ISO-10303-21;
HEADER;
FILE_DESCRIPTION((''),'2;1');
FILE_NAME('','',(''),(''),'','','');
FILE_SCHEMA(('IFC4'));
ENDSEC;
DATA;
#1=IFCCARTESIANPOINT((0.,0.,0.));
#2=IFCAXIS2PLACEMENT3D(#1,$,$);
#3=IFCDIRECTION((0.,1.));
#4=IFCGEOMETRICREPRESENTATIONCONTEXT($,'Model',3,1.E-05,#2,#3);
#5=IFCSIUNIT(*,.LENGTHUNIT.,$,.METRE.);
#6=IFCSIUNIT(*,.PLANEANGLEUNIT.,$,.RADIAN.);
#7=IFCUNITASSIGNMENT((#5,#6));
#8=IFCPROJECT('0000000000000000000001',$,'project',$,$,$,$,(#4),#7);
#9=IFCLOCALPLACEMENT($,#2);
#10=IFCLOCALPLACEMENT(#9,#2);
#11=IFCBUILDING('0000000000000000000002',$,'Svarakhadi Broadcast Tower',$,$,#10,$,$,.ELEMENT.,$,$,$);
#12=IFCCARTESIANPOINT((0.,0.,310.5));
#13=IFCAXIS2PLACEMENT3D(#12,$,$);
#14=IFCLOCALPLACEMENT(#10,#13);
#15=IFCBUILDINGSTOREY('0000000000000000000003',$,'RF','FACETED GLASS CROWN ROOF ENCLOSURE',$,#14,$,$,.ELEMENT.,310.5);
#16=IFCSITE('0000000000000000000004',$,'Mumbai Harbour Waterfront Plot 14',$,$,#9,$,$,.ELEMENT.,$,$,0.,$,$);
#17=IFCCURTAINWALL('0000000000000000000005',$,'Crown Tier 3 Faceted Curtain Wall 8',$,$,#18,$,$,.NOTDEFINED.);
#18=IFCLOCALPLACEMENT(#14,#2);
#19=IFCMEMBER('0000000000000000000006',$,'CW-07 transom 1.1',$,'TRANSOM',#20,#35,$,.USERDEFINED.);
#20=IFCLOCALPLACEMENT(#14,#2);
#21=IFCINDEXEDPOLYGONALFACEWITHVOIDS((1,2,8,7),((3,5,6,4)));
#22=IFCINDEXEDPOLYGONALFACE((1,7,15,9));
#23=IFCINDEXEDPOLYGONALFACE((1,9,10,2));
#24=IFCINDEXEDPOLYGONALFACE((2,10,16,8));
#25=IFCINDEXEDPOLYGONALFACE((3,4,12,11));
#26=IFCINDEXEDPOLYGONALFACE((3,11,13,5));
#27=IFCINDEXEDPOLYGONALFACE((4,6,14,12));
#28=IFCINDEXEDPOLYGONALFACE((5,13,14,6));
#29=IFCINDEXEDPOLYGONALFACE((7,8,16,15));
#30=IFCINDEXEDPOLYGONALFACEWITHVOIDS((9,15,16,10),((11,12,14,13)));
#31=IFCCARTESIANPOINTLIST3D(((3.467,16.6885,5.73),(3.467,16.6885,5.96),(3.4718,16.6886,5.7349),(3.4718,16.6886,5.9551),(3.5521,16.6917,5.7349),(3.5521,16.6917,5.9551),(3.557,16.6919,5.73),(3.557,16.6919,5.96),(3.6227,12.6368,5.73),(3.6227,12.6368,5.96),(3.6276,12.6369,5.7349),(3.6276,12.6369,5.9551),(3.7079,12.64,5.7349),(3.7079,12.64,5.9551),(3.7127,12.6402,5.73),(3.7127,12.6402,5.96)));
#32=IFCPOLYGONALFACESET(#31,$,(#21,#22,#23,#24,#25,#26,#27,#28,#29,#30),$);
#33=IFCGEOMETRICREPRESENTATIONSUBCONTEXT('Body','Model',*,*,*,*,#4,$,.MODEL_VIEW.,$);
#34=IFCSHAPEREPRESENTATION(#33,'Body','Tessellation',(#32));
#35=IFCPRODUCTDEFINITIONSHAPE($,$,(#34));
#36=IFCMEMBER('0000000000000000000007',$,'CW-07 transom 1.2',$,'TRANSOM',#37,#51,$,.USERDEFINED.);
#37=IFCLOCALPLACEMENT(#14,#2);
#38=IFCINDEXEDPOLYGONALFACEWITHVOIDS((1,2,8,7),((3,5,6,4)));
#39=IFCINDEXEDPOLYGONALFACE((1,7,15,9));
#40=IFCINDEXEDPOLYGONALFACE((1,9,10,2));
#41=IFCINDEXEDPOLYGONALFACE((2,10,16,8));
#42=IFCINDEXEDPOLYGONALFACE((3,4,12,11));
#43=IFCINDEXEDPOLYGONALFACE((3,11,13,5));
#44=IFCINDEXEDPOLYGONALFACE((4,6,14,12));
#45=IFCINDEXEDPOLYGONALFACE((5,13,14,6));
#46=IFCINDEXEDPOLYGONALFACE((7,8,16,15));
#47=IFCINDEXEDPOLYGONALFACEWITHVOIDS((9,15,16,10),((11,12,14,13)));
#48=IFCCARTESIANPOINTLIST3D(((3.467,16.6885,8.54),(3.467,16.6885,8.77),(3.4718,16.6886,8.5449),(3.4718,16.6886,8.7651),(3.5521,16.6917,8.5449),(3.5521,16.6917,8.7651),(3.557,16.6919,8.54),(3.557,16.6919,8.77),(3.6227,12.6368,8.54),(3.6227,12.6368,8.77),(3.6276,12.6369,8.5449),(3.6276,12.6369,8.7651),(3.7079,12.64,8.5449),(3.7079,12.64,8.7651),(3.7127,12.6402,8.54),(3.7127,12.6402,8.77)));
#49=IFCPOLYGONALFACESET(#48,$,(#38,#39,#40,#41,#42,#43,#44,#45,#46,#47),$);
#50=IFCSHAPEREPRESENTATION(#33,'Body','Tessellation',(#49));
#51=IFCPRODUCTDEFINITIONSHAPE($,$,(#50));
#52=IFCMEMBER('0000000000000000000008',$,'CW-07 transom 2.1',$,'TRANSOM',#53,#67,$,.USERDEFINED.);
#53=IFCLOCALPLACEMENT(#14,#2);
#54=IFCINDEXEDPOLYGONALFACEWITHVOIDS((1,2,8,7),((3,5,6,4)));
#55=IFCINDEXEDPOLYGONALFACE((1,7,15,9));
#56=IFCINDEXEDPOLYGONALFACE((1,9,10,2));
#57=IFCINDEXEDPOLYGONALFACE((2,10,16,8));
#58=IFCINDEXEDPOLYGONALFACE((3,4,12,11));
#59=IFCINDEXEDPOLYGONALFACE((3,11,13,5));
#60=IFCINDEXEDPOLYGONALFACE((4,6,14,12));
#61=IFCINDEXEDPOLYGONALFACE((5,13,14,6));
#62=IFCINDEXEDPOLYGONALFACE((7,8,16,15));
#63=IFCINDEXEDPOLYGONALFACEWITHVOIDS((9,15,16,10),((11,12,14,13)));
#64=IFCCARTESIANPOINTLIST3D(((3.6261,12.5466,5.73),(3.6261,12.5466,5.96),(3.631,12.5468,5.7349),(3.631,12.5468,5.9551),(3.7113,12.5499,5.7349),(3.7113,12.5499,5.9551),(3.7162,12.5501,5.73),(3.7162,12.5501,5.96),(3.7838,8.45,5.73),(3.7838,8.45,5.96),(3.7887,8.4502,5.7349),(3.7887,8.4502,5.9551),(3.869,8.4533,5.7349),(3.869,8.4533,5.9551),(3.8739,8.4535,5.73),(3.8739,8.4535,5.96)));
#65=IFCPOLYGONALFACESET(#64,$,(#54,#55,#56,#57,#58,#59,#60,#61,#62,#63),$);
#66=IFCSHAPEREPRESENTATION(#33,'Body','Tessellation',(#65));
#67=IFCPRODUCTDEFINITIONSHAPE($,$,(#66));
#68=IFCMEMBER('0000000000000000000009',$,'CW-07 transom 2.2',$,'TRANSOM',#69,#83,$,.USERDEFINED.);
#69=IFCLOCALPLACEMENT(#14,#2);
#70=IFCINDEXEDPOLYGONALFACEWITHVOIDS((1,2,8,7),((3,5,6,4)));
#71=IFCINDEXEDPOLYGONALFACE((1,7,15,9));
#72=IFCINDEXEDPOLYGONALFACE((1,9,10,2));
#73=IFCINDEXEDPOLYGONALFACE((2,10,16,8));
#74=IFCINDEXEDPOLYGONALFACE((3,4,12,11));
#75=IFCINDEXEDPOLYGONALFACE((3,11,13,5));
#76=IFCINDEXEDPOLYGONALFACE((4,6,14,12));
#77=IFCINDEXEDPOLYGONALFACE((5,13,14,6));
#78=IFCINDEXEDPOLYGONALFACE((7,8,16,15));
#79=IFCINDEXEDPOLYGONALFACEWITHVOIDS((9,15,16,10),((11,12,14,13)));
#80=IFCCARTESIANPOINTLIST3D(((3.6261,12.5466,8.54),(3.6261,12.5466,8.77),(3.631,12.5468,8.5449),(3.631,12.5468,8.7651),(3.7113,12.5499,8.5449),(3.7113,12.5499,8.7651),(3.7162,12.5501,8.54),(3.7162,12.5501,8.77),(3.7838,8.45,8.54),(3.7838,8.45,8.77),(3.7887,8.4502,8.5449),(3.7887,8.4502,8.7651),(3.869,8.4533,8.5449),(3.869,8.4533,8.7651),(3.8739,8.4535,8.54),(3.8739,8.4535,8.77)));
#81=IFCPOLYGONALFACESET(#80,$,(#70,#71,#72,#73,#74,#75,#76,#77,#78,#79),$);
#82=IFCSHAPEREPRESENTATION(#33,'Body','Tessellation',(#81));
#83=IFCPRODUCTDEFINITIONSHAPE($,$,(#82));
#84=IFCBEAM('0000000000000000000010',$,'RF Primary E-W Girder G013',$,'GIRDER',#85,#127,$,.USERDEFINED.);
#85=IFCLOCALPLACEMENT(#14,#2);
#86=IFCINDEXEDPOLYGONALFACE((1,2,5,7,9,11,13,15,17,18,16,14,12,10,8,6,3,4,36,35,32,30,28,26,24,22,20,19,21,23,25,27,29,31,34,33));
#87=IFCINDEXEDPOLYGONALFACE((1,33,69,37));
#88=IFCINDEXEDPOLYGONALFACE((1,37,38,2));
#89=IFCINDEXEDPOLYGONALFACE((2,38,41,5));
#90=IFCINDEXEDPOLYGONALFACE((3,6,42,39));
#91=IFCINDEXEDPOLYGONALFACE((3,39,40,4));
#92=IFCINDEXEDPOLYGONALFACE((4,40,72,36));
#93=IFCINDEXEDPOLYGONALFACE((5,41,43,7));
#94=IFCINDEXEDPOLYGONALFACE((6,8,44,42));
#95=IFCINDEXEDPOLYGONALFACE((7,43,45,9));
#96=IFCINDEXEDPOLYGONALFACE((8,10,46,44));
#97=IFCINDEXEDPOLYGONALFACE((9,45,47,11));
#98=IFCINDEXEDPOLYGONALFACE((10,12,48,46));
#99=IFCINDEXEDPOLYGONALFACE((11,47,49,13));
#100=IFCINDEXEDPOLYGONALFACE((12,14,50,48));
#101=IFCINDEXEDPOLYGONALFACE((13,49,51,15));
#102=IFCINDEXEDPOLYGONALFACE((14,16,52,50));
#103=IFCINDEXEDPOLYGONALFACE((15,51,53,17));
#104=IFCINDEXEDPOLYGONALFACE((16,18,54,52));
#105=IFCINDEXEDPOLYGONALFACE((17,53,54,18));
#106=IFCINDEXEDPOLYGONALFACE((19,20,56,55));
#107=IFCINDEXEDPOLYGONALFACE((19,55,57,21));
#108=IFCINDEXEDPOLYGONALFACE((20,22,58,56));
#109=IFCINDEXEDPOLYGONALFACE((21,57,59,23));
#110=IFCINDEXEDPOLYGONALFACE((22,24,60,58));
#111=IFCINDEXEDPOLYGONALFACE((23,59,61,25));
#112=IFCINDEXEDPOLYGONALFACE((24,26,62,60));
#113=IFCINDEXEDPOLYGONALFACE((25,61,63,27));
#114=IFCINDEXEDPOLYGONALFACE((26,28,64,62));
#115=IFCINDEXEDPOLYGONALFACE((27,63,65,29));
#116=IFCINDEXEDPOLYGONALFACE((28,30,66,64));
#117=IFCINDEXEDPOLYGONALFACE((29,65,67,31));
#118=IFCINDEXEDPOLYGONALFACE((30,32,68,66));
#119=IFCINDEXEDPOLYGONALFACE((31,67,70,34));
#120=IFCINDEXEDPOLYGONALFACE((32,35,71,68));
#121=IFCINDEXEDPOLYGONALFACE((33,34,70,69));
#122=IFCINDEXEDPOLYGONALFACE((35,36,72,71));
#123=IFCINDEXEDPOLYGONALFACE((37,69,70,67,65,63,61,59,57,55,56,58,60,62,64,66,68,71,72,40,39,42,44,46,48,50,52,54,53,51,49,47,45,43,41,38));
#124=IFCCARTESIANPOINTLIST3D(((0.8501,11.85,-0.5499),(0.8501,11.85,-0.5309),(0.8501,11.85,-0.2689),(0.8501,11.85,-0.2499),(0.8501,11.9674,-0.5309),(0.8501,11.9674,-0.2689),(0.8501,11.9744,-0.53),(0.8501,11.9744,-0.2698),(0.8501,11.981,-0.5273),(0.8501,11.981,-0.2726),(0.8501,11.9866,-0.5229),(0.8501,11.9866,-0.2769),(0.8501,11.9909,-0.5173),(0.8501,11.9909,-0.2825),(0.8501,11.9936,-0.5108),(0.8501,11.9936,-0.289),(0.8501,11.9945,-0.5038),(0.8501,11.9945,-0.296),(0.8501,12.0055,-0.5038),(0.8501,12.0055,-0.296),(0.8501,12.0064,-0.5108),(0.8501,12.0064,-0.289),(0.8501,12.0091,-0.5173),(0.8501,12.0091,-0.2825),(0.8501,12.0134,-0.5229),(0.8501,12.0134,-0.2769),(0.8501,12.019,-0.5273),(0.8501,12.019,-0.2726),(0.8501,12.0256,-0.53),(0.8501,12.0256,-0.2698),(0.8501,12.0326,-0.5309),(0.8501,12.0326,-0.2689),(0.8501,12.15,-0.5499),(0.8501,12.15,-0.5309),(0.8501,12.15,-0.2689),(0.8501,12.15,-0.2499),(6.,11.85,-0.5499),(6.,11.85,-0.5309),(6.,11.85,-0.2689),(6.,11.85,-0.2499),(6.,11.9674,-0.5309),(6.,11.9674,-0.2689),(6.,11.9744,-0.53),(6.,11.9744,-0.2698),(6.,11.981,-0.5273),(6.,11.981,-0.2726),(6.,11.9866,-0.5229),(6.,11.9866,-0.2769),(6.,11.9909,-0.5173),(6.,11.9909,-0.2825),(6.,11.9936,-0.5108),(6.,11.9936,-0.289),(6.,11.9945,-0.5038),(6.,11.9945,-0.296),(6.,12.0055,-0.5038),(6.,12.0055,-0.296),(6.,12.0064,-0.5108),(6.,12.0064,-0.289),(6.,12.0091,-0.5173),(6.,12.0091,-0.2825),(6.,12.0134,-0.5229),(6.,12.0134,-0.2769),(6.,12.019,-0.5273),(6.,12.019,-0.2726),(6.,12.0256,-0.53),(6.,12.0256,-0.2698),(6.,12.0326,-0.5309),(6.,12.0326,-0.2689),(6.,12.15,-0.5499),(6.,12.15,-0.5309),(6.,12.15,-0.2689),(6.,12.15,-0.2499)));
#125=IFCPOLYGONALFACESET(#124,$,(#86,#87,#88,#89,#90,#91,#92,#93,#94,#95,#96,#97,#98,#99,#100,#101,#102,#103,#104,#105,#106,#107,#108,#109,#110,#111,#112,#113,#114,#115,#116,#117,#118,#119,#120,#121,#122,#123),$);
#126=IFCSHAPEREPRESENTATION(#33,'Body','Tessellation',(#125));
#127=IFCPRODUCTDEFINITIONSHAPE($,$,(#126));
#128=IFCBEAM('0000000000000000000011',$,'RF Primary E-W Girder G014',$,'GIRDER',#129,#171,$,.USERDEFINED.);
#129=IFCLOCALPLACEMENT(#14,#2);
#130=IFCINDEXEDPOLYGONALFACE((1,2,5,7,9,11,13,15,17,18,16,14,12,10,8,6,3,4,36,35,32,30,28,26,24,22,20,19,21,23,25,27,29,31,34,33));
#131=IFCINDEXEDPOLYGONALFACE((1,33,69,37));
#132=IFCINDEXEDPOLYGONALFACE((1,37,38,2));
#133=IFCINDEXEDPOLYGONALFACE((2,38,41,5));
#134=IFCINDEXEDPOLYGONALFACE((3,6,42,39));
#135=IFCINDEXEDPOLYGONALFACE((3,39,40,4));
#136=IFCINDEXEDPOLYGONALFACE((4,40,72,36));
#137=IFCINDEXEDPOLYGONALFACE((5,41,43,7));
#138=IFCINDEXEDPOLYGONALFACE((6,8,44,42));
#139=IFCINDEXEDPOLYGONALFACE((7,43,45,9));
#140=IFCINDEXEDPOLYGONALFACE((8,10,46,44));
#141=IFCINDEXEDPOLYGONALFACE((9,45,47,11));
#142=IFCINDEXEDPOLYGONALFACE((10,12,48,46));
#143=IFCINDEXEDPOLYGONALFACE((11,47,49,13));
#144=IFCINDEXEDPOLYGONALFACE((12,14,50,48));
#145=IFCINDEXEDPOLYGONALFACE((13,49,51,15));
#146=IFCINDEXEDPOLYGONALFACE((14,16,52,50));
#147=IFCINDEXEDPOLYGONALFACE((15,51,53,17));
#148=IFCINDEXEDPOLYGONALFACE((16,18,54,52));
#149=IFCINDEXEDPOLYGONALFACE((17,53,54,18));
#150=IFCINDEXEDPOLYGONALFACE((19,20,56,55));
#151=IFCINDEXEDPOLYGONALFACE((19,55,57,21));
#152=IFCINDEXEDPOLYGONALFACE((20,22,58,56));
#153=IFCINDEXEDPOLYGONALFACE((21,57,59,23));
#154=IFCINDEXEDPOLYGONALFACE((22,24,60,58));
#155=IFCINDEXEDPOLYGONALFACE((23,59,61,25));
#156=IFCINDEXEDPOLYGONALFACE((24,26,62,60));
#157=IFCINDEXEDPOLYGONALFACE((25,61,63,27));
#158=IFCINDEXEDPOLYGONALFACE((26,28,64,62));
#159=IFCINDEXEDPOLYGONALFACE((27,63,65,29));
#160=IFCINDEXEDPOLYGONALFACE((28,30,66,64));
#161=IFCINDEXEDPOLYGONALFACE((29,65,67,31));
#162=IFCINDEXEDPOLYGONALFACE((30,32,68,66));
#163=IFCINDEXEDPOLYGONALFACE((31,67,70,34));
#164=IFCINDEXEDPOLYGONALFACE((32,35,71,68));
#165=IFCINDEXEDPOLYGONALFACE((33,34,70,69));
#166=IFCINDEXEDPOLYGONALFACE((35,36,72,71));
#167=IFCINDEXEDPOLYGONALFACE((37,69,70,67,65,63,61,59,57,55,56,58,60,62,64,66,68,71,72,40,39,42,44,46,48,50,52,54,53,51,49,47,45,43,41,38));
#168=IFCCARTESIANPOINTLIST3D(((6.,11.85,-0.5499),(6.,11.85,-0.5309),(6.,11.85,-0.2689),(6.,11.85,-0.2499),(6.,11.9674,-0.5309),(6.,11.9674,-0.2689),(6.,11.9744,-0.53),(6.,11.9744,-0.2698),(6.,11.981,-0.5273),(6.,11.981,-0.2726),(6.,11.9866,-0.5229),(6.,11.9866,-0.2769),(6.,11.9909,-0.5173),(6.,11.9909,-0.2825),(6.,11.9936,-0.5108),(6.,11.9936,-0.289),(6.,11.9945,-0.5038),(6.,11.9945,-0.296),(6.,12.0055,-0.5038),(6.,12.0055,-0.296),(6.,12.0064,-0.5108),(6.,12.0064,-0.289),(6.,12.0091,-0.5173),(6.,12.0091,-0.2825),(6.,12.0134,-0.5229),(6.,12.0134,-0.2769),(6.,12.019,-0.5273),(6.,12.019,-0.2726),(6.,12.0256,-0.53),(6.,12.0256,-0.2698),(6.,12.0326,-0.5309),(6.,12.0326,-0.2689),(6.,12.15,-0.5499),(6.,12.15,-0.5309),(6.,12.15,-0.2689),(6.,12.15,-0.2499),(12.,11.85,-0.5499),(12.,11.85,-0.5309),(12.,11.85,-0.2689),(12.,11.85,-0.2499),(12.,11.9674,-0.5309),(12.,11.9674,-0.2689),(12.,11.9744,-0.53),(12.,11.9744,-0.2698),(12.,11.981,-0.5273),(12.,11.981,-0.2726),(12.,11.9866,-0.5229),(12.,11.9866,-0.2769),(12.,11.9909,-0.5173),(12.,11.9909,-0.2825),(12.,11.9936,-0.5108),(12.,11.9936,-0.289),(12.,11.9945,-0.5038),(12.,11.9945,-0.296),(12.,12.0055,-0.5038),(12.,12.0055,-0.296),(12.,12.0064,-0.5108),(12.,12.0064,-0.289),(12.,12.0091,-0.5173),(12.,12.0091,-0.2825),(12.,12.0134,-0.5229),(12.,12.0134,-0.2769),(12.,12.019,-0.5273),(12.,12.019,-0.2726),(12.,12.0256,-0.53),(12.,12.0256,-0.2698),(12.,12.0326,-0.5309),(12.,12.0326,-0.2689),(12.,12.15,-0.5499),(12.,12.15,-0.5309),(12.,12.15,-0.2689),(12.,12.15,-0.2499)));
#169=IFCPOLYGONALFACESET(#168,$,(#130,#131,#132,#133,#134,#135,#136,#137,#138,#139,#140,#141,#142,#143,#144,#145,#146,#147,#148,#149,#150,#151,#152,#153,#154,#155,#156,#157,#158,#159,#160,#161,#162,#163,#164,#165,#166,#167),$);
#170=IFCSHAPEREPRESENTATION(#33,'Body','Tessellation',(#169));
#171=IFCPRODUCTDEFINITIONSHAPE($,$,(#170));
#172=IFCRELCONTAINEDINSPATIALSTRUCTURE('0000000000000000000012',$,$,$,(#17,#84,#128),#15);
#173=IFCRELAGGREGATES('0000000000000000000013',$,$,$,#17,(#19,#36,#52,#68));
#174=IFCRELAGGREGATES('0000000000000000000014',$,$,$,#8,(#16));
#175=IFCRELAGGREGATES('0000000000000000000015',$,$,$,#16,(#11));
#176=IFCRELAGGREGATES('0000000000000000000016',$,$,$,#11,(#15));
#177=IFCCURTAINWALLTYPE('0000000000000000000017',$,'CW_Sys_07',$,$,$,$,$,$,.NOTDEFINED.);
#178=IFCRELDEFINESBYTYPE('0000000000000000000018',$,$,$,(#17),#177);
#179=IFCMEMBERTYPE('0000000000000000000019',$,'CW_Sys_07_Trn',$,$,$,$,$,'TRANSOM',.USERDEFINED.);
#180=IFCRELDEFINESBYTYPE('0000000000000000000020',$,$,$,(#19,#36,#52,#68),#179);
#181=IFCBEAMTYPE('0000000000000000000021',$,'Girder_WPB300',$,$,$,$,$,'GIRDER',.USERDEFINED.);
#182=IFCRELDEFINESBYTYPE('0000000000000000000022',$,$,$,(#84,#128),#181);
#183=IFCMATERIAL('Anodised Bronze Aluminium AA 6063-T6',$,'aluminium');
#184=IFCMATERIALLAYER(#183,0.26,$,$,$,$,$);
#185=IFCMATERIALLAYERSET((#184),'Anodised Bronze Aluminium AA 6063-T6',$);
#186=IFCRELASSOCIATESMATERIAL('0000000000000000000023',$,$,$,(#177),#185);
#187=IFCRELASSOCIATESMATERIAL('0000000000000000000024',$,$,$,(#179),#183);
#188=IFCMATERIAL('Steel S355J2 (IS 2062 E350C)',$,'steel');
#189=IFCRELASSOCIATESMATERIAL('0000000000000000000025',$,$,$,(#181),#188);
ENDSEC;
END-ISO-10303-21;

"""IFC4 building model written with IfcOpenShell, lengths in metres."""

from ifc_helpers import new_model, si_unit, direction, frame, origin, origin_2d, place, context, subcontext, project, spatial, hollow_rectangle, i_section, extrude, material, layer, layer_set, material_profile, profile_set, type_object, element, aggregate, save


model = new_model("IFC4")

# Units and contexts
model_context = context("Model", 3, precision=1e-05, world=origin(), true_north=direction((0.0, 1.0)))
body_context = subcontext(model_context, "Body", "Model", "MODEL_VIEW")
ifc_project = project(units=[si_unit("LENGTHUNIT", "METRE"), si_unit("PLANEANGLEUNIT", "RADIAN")], contexts=[model_context])

# Site, building, storey
site_placement = place(None, origin())
site = spatial("IfcSite", under=ifc_project, at=site_placement, Name="Mumbai Harbour Waterfront Plot 14", CompositionType="ELEMENT", RefElevation=0.0)
building_placement = place(site_placement, origin())
building = spatial("IfcBuilding", under=site, at=building_placement, Name="Svarakhadi Broadcast Tower", CompositionType="ELEMENT")
storey_placement = place(building_placement, frame((0.0, 0.0, 310.5)))
storey = spatial("IfcBuildingStorey", under=building, at=storey_placement, Name="RF", Description="FACETED GLASS CROWN ROOF ENCLOSURE", CompositionType="ELEMENT", Elevation=310.5)

# Shared definitions
ifc_material_1 = material(Name="Steel S355J2 (IS 2062 E350C)", Category="steel")

# Shared definitions
ifc_material_2 = material(Name="Anodised Bronze Aluminium AA 6063-T6", Category="aluminium")
ifc_layer_1 = layer(ifc_material_2, 0.26)
ifc_layer_set_1 = layer_set([ifc_layer_1], Name="Anodised Bronze Aluminium AA 6063-T6")
curtain_wall_type = type_object("IfcCurtainWallType", Name="CW_Sys_07", PredefinedType="NOTDEFINED", material=ifc_layer_set_1)

# Curtain wall
curtain_wall_1_placement = place(storey_placement, origin())
curtain_wall_1 = element("IfcCurtainWall", 1, at=curtain_wall_1_placement, inside=storey, type_object=curtain_wall_type, Name="Crown Tier 3 Faceted Curtain Wall 8", PredefinedType="NOTDEFINED")

# Members
ifc_material_profile_1 = material_profile(ifc_material_2, hollow_rectangle(XDim=0.0901, YDim=0.23, WallThickness=0.0049, at=origin_2d()), Name="ALU TRANSOM 230x90x5")
ifc_profile_set_1 = profile_set([ifc_material_profile_1], Name="Anodised Bronze Aluminium AA 6063-T6")
member_type_1 = type_object("IfcMemberType", Name="CW_Sys_07_Trn", ElementType="TRANSOM", PredefinedType="USERDEFINED", material=ifc_profile_set_1)
member_1_placement = place(storey_placement, frame((3.512, 16.6902, 5.845), z_axis=(0.038415, -0.999262, 0.0), x_axis=(0.999262, 0.038415, 0.0)))
member_1 = element("IfcMember", 2, at=member_1_placement, type_object=member_type_1, Name="CW-07 transom 1.1", ObjectType="TRANSOM", PredefinedType="USERDEFINED", context=body_context, shape_type="SweptSolid", body=[
    extrude(hollow_rectangle(XDim=0.0901, YDim=0.23, WallThickness=0.0049, at=origin_2d()), origin(), (0.0, 0.0, 1.0), 4.0547),
])
member_2_placement = place(storey_placement, frame((3.512, 16.6902, 8.655), z_axis=(0.038415, -0.999262, 0.0), x_axis=(0.999262, 0.038415, 0.0)))
member_2 = element("IfcMember", 3, at=member_2_placement, type_object=member_type_1, Name="CW-07 transom 1.2", ObjectType="TRANSOM", PredefinedType="USERDEFINED", context=body_context, shape_type="SweptSolid", body=[
    extrude(hollow_rectangle(XDim=0.0901, YDim=0.23, WallThickness=0.0049, at=origin_2d()), origin(), (0.0, 0.0, 1.0), 4.0547),
])
member_3_placement = place(storey_placement, frame((3.6711, 12.5483, 5.845), z_axis=(0.03847, -0.99926, 0.0), x_axis=(0.99926, 0.03847, 0.0)))
member_3 = element("IfcMember", 4, at=member_3_placement, type_object=member_type_1, Name="CW-07 transom 2.1", ObjectType="TRANSOM", PredefinedType="USERDEFINED", context=body_context, shape_type="SweptSolid", body=[
    extrude(hollow_rectangle(XDim=0.0901, YDim=0.23, WallThickness=0.0049, at=origin_2d()), origin(), (0.0, 0.0, 1.0), 4.0996),
])
member_4_placement = place(storey_placement, frame((3.6711, 12.5483, 8.655), z_axis=(0.03847, -0.99926, 0.0), x_axis=(0.99926, 0.03847, 0.0)))
member_4 = element("IfcMember", 5, at=member_4_placement, type_object=member_type_1, Name="CW-07 transom 2.2", ObjectType="TRANSOM", PredefinedType="USERDEFINED", context=body_context, shape_type="SweptSolid", body=[
    extrude(hollow_rectangle(XDim=0.0901, YDim=0.23, WallThickness=0.0049, at=origin_2d()), origin(), (0.0, 0.0, 1.0), 4.0996),
])

# Beams
ifc_material_profile_2 = material_profile(ifc_material_1, i_section(OverallWidth=0.3, OverallDepth=0.3, WebThickness=0.011, FlangeThickness=0.019, FilletRadius=0.0271, at=origin_2d()), Name="WPB 300x300x117")
ifc_profile_set_2 = profile_set([ifc_material_profile_2], Name="Steel S355J2 (IS 2062 E350C)")
beam_type_1 = type_object("IfcBeamType", Name="Girder_WPB300", ElementType="GIRDER", PredefinedType="USERDEFINED", material=ifc_profile_set_2)
beam_1_placement = place(storey_placement, frame((0.8501, 12.0, -0.3999), z_axis=(1.0, 0.0, 0.0), x_axis=(0.0, 1.0, 0.0)))
element("IfcBeam", 6, at=beam_1_placement, inside=storey, type_object=beam_type_1, Name="RF Primary E-W Girder G013", ObjectType="GIRDER", PredefinedType="USERDEFINED", context=body_context, shape_type="SweptSolid", body=[
    extrude(i_section(OverallWidth=0.3, OverallDepth=0.3, WebThickness=0.011, FlangeThickness=0.019, FilletRadius=0.0271, at=origin_2d()), origin(), (0.0, 0.0, 1.0), 5.1499),
])
for number, where, z_axis, x_axis, name in (
    (7, (6.0, 12.0, -0.3999), (1.0, 0.0, 0.0), (0.0, 1.0, 0.0), "RF Primary E-W Girder G014"),
):
    element("IfcBeam", number, at=place(storey_placement, frame(where, z_axis=z_axis, x_axis=x_axis)), inside=storey, type_object=beam_type_1, Name=name, ObjectType="GIRDER", PredefinedType="USERDEFINED", context=body_context, shape_type="SweptSolid", body=[
        extrude(i_section(OverallWidth=0.3, OverallDepth=0.3, WebThickness=0.011, FlangeThickness=0.019, FilletRadius=0.0271, at=origin_2d()), origin(), (0.0, 0.0, 1.0), 6.0),
    ])

aggregate(curtain_wall_1, [member_1, member_2, member_3, member_4])

save(model, "model.ifc")
